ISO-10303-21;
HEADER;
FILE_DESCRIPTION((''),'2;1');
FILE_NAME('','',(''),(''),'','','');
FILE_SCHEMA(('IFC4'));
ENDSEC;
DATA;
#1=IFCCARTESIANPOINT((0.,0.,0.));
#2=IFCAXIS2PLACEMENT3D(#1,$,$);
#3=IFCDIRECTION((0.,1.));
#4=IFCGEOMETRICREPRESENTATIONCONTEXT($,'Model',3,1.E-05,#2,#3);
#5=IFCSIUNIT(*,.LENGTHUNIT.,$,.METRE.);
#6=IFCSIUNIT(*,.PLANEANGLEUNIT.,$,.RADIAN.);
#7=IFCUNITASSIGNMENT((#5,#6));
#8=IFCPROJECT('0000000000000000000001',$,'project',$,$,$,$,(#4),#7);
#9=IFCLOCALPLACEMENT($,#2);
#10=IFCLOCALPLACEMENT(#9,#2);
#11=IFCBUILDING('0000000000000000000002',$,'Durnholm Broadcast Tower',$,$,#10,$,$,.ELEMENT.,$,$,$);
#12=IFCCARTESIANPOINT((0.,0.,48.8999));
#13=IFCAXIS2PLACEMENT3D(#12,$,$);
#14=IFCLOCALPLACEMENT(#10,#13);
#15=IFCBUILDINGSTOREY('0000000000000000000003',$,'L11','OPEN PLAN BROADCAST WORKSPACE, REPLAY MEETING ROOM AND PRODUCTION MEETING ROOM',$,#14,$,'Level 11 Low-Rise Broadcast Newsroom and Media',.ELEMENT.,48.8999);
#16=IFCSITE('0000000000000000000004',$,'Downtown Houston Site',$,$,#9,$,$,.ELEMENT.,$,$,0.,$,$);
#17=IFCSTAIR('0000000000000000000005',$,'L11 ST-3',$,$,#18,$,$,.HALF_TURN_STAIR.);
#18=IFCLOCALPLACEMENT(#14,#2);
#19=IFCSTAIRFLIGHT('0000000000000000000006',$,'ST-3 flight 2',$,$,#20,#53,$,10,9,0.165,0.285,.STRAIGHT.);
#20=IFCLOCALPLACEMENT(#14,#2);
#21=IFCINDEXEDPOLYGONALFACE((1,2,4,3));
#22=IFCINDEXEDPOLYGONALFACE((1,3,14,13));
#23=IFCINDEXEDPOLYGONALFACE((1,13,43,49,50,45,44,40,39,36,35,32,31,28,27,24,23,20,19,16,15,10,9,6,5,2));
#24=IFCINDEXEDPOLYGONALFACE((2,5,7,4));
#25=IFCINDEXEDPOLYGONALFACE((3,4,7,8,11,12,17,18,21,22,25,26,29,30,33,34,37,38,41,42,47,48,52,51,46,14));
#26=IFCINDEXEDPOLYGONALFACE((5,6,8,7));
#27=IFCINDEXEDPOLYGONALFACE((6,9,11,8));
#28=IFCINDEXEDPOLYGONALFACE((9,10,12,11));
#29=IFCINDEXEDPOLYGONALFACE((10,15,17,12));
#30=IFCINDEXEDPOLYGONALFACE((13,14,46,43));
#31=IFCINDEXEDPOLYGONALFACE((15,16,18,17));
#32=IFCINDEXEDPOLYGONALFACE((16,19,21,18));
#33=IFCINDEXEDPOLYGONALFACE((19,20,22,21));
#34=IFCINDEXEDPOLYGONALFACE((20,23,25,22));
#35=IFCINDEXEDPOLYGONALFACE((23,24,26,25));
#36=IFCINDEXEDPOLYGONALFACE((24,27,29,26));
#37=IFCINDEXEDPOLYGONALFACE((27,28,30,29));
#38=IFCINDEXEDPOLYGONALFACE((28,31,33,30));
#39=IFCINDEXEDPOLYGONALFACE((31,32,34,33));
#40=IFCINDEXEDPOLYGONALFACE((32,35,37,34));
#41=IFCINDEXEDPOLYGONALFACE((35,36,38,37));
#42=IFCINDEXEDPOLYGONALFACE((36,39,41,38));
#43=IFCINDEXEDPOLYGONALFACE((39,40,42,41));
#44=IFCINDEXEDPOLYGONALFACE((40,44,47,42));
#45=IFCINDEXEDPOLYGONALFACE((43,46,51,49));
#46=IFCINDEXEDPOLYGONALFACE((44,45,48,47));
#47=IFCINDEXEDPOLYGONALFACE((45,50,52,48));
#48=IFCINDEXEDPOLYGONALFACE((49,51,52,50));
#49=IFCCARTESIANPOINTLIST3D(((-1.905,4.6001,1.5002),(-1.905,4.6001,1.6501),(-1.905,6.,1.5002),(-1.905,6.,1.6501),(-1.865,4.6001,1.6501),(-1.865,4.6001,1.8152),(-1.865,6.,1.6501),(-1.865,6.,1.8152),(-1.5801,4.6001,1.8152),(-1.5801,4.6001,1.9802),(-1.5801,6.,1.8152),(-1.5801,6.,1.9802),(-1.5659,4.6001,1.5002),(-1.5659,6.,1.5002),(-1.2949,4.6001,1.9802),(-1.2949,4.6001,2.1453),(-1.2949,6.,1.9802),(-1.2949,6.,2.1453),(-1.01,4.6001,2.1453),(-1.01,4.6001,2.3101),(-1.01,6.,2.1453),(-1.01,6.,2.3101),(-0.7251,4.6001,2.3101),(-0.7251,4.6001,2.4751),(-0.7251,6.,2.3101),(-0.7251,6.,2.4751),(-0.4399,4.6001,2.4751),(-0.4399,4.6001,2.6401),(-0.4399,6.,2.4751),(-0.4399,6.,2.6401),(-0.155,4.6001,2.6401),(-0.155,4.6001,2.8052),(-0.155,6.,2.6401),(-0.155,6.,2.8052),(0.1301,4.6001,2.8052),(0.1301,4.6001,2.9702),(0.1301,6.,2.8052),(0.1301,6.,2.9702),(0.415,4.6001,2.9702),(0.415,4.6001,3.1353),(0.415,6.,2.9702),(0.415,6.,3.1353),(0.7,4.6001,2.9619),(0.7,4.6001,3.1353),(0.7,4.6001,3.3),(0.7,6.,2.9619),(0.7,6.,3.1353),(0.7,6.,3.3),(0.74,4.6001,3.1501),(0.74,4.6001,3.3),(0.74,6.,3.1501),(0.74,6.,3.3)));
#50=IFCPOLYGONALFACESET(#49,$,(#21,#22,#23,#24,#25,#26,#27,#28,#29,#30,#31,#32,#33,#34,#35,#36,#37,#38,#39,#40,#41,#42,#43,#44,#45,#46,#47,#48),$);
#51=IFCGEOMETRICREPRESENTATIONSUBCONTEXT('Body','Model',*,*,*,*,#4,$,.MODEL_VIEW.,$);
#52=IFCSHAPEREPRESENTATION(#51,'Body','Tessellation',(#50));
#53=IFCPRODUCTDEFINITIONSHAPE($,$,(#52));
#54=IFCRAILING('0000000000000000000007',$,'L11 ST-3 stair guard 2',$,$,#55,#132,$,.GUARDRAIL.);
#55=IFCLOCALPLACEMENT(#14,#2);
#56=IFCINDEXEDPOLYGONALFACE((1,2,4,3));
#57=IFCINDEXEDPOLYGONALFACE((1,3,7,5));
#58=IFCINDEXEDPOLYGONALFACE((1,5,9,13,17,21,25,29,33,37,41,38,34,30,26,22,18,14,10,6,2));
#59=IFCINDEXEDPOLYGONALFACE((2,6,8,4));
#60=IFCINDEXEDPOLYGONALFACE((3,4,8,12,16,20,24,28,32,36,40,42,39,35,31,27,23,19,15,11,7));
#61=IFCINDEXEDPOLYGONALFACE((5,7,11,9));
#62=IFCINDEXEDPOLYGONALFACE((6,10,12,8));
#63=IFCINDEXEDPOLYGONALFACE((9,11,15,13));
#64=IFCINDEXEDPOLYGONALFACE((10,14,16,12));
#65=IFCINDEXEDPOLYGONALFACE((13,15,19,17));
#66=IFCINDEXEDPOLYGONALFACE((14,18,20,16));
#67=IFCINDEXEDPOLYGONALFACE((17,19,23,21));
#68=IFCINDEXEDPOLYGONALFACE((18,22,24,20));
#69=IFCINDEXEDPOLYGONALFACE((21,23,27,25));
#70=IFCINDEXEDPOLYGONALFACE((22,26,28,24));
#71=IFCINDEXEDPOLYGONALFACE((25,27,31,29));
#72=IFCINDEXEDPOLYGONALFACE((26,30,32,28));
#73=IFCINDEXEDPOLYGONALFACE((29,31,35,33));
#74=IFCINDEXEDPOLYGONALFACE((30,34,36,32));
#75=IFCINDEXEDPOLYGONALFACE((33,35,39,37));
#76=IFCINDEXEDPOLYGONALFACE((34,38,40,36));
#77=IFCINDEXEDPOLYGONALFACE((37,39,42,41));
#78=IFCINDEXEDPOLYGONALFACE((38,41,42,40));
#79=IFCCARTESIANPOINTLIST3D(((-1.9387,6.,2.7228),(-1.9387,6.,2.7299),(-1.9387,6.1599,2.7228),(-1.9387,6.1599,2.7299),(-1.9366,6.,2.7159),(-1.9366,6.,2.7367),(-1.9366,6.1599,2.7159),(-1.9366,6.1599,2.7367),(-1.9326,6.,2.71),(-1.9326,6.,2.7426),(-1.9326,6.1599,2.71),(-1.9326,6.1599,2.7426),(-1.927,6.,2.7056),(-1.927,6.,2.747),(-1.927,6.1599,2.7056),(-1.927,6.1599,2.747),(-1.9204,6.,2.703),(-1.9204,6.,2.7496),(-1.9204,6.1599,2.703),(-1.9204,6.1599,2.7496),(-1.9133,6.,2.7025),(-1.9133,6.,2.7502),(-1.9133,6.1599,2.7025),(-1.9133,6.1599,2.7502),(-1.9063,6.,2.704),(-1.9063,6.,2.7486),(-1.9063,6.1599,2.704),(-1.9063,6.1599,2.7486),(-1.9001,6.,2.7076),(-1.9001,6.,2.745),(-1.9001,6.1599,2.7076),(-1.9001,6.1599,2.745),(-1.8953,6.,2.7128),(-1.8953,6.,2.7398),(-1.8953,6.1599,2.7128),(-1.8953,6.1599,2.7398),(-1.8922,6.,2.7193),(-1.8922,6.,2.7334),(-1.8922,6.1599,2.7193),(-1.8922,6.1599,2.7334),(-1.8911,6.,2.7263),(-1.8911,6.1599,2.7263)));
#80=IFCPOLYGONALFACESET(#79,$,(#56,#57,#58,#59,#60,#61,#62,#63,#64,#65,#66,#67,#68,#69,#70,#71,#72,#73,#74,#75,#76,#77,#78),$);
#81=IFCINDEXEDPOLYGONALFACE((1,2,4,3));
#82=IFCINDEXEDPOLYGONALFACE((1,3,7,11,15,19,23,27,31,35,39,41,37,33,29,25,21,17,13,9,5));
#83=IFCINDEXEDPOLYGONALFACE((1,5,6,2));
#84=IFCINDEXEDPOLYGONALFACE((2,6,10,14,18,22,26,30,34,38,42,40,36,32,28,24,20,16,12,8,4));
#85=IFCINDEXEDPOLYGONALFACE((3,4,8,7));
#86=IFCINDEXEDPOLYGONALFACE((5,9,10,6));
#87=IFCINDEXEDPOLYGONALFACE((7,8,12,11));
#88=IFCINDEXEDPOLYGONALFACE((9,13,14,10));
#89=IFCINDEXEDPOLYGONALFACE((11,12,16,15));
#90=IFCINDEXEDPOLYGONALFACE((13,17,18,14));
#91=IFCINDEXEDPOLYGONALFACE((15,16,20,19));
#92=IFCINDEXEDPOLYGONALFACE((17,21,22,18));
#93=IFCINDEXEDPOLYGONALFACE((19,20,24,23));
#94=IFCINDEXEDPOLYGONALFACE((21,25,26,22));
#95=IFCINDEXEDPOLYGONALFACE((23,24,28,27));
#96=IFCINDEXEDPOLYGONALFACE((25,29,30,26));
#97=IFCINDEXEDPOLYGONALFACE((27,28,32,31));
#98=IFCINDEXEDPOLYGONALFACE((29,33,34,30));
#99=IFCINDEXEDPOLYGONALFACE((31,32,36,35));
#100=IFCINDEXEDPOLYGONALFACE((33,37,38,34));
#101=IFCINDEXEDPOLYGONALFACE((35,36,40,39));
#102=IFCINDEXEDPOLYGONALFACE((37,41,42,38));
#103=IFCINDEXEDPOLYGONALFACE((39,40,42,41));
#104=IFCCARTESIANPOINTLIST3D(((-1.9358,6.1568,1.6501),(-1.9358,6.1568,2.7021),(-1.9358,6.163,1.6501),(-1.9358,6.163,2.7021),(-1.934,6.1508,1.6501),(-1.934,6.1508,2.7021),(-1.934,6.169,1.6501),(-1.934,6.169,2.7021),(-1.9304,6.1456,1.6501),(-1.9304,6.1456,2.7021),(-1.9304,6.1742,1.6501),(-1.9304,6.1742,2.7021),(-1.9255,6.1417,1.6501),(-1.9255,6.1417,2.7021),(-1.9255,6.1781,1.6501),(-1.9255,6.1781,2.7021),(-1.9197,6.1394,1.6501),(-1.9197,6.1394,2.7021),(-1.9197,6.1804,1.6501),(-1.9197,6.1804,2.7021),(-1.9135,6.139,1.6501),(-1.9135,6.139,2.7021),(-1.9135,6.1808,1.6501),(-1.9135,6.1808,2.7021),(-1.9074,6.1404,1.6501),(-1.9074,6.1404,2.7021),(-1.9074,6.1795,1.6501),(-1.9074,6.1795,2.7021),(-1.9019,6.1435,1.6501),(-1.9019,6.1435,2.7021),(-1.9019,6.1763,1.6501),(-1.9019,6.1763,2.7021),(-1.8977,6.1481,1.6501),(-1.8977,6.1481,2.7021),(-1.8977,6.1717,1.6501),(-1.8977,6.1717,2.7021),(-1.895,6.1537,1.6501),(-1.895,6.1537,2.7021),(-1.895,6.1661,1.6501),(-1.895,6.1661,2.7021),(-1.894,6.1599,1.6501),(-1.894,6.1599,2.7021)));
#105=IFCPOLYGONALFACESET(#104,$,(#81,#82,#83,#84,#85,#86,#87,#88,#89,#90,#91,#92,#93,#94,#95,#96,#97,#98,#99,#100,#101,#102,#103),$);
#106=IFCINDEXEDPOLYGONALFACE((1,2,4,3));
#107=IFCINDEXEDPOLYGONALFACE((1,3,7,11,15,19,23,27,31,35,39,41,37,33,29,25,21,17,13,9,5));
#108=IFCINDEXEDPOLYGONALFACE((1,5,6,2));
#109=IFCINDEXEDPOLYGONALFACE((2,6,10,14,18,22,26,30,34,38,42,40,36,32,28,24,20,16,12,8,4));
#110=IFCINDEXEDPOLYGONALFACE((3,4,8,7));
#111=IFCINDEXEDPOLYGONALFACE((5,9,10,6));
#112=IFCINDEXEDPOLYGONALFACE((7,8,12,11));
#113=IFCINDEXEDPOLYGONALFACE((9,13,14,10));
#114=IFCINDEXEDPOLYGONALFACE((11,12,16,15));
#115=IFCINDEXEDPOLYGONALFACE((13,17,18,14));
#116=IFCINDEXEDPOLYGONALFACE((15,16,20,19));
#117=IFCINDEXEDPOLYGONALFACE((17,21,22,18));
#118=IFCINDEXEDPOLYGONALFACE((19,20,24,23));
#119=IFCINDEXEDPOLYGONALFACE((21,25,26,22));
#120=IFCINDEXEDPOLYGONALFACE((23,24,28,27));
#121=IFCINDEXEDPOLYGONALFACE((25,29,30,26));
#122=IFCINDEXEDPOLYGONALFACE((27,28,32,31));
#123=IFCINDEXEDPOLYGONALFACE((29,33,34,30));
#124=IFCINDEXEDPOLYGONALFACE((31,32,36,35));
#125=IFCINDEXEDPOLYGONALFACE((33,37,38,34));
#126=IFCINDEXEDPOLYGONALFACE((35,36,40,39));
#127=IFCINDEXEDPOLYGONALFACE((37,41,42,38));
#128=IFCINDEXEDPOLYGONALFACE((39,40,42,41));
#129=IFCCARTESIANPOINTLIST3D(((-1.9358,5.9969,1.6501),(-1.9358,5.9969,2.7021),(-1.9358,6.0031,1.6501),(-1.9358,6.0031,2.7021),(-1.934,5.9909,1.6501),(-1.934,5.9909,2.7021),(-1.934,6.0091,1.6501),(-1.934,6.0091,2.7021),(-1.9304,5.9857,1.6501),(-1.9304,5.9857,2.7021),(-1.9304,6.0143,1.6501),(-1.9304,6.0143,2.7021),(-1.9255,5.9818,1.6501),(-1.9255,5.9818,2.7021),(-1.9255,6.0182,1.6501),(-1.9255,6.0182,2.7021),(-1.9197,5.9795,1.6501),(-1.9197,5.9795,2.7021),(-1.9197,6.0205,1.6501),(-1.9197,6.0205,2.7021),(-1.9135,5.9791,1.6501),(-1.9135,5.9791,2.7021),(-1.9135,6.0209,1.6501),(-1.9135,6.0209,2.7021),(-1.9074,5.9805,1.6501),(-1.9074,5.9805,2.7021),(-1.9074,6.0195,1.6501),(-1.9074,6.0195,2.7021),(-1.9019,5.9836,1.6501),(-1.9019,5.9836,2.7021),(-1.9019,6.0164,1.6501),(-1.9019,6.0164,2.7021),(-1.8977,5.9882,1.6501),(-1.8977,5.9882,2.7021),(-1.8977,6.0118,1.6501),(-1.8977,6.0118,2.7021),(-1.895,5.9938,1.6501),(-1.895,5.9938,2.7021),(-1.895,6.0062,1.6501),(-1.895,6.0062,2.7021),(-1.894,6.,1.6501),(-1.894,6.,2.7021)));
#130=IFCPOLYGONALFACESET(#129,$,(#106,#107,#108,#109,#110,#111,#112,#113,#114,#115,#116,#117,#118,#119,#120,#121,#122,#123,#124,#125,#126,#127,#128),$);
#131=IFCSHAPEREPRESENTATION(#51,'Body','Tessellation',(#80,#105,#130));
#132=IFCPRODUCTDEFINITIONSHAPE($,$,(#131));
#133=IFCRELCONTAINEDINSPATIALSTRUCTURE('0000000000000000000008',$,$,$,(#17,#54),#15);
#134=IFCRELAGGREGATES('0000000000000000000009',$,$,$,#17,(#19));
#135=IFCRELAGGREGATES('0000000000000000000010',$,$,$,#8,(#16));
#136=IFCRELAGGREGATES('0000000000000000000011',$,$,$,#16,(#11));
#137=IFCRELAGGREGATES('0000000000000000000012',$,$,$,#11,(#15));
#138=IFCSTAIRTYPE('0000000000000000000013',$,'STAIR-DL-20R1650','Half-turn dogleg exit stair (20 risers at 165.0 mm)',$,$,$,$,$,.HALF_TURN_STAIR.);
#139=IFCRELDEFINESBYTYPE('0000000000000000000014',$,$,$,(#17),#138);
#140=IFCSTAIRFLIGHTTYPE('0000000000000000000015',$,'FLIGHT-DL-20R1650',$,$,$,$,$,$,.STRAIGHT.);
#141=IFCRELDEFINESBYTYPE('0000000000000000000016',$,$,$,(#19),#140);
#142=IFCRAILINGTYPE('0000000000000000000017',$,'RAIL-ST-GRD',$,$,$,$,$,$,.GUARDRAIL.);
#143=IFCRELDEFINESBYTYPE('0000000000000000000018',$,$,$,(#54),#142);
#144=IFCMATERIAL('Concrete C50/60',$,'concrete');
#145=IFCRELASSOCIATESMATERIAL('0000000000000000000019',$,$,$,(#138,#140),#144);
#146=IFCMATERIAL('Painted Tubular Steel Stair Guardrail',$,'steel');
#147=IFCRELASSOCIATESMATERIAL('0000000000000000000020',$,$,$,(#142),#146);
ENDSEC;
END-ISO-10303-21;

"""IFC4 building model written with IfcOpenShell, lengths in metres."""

from ifc_helpers import new_model, si_unit, direction, frame, origin, origin_2d, place, context, subcontext, project, spatial, polyline, circle, outline, extrude, material, type_object, element, aggregate, save


model = new_model("IFC4")

# Units and contexts
model_context = context("Model", 3, precision=1e-05, world=origin(), true_north=direction((0.0, 1.0)))
body_context = subcontext(model_context, "Body", "Model", "MODEL_VIEW")
ifc_project = project(units=[si_unit("LENGTHUNIT", "METRE"), si_unit("PLANEANGLEUNIT", "RADIAN")], contexts=[model_context])

# Site, building, storey
site_placement = place(None, origin())
site = spatial("IfcSite", under=ifc_project, at=site_placement, Name="Downtown Houston Site", CompositionType="ELEMENT", RefElevation=0.0)
building_placement = place(site_placement, origin())
building = spatial("IfcBuilding", under=site, at=building_placement, Name="Durnholm Broadcast Tower", CompositionType="ELEMENT")
storey_placement = place(building_placement, frame((0.0, 0.0, 48.8999)))
storey = spatial("IfcBuildingStorey", under=building, at=storey_placement, Name="L11", Description="OPEN PLAN BROADCAST WORKSPACE, REPLAY MEETING ROOM AND PRODUCTION MEETING ROOM", LongName="Level 11 Low-Rise Broadcast Newsroom and Media", CompositionType="ELEMENT", Elevation=48.8999)

# Shared definitions
ifc_material_1 = material(Name="Concrete C50/60", Category="concrete")

# Shared definitions
stair_type = type_object("IfcStairType", Name="STAIR-DL-20R1650", Description="Half-turn dogleg exit stair (20 risers at 165.0 mm)", PredefinedType="HALF_TURN_STAIR", material=ifc_material_1)

# Stair, stair flight
stair_1_placement = place(storey_placement, origin())
stair_1 = element("IfcStair", 1, at=stair_1_placement, inside=storey, type_object=stair_type, Name="L11 ST-3", PredefinedType="HALF_TURN_STAIR")
stair_flight_type = type_object("IfcStairFlightType", Name="FLIGHT-DL-20R1650", PredefinedType="STRAIGHT", material=ifc_material_1)
stair_flight_placement = place(storey_placement, frame((-1.865, 5.3, 1.6501), z_axis=(0.0, 0.0, 1.0), x_axis=(1.0, 0.0, 0.0)))
stair_flight = element("IfcStairFlight", 2, at=stair_flight_placement, type_object=stair_flight_type, Name="ST-3 flight 2", NumberOfRisers=10, NumberOfTreads=9, PredefinedType="STRAIGHT", RiserHeight=0.165, TreadLength=0.285, context=body_context, shape_type="SweptSolid", body=[
    extrude(outline(polyline([(-0.04, -0.1499), (-0.04, 0.0), (0.0, 0.0), (0.0, 0.165), (0.2849, 0.165), (0.2849, 0.3301), (0.5701, 0.3301), (0.5701, 0.4951), (0.855, 0.4951), (0.855, 0.6599), (1.1399, 0.6599), (1.1399, 0.825), (1.425, 0.825), (1.425, 0.99), (1.71, 0.99), (1.71, 1.155), (1.9951, 1.155), (1.9951, 1.3201), (2.28, 1.3201), (2.28, 1.4851), (2.5649, 1.4851), (2.5649, 1.6499), (2.605, 1.6499), (2.605, 1.5), (2.5649, 1.3118), (0.2991, -0.1499), (-0.04, -0.1499)])), frame((0.0, 0.7, 0.0), z_axis=(0.0, -1.0, 0.0), x_axis=(1.0, 0.0, 0.0)), (0.0, 0.0, 1.0), 1.3999),
])
aggregate(stair_1, [stair_flight])

# Railing
ifc_material_2 = material(Name="Painted Tubular Steel Stair Guardrail", Category="steel")
railing_type_1 = type_object("IfcRailingType", Name="RAIL-ST-GRD", PredefinedType="GUARDRAIL", material=ifc_material_2)
railing_1_placement = place(storey_placement, frame((-1.915, 6.1599, 1.6501)))
element("IfcRailing", 3, at=railing_1_placement, inside=storey, type_object=railing_type_1, Name="L11 ST-3 stair guard 2", PredefinedType="GUARDRAIL", context=body_context, shape_type="SweptSolid", body=[
    extrude(circle(Radius=0.0239, at=origin_2d()), frame((0.0, 0.0, 1.0762), z_axis=(0.0, -1.0, 0.0), x_axis=(1.0, 0.0, 0.0)), (0.0, 0.0, 1.0), 0.1599),
    extrude(circle(Radius=0.021, at=origin_2d()), origin(), (0.0, 0.0, 1.0), 1.052),
    extrude(circle(Radius=0.021, at=origin_2d()), frame((0.0, -0.1599, 0.0)), (0.0, 0.0, 1.0), 1.052),
])

save(model, "model.ifc")
